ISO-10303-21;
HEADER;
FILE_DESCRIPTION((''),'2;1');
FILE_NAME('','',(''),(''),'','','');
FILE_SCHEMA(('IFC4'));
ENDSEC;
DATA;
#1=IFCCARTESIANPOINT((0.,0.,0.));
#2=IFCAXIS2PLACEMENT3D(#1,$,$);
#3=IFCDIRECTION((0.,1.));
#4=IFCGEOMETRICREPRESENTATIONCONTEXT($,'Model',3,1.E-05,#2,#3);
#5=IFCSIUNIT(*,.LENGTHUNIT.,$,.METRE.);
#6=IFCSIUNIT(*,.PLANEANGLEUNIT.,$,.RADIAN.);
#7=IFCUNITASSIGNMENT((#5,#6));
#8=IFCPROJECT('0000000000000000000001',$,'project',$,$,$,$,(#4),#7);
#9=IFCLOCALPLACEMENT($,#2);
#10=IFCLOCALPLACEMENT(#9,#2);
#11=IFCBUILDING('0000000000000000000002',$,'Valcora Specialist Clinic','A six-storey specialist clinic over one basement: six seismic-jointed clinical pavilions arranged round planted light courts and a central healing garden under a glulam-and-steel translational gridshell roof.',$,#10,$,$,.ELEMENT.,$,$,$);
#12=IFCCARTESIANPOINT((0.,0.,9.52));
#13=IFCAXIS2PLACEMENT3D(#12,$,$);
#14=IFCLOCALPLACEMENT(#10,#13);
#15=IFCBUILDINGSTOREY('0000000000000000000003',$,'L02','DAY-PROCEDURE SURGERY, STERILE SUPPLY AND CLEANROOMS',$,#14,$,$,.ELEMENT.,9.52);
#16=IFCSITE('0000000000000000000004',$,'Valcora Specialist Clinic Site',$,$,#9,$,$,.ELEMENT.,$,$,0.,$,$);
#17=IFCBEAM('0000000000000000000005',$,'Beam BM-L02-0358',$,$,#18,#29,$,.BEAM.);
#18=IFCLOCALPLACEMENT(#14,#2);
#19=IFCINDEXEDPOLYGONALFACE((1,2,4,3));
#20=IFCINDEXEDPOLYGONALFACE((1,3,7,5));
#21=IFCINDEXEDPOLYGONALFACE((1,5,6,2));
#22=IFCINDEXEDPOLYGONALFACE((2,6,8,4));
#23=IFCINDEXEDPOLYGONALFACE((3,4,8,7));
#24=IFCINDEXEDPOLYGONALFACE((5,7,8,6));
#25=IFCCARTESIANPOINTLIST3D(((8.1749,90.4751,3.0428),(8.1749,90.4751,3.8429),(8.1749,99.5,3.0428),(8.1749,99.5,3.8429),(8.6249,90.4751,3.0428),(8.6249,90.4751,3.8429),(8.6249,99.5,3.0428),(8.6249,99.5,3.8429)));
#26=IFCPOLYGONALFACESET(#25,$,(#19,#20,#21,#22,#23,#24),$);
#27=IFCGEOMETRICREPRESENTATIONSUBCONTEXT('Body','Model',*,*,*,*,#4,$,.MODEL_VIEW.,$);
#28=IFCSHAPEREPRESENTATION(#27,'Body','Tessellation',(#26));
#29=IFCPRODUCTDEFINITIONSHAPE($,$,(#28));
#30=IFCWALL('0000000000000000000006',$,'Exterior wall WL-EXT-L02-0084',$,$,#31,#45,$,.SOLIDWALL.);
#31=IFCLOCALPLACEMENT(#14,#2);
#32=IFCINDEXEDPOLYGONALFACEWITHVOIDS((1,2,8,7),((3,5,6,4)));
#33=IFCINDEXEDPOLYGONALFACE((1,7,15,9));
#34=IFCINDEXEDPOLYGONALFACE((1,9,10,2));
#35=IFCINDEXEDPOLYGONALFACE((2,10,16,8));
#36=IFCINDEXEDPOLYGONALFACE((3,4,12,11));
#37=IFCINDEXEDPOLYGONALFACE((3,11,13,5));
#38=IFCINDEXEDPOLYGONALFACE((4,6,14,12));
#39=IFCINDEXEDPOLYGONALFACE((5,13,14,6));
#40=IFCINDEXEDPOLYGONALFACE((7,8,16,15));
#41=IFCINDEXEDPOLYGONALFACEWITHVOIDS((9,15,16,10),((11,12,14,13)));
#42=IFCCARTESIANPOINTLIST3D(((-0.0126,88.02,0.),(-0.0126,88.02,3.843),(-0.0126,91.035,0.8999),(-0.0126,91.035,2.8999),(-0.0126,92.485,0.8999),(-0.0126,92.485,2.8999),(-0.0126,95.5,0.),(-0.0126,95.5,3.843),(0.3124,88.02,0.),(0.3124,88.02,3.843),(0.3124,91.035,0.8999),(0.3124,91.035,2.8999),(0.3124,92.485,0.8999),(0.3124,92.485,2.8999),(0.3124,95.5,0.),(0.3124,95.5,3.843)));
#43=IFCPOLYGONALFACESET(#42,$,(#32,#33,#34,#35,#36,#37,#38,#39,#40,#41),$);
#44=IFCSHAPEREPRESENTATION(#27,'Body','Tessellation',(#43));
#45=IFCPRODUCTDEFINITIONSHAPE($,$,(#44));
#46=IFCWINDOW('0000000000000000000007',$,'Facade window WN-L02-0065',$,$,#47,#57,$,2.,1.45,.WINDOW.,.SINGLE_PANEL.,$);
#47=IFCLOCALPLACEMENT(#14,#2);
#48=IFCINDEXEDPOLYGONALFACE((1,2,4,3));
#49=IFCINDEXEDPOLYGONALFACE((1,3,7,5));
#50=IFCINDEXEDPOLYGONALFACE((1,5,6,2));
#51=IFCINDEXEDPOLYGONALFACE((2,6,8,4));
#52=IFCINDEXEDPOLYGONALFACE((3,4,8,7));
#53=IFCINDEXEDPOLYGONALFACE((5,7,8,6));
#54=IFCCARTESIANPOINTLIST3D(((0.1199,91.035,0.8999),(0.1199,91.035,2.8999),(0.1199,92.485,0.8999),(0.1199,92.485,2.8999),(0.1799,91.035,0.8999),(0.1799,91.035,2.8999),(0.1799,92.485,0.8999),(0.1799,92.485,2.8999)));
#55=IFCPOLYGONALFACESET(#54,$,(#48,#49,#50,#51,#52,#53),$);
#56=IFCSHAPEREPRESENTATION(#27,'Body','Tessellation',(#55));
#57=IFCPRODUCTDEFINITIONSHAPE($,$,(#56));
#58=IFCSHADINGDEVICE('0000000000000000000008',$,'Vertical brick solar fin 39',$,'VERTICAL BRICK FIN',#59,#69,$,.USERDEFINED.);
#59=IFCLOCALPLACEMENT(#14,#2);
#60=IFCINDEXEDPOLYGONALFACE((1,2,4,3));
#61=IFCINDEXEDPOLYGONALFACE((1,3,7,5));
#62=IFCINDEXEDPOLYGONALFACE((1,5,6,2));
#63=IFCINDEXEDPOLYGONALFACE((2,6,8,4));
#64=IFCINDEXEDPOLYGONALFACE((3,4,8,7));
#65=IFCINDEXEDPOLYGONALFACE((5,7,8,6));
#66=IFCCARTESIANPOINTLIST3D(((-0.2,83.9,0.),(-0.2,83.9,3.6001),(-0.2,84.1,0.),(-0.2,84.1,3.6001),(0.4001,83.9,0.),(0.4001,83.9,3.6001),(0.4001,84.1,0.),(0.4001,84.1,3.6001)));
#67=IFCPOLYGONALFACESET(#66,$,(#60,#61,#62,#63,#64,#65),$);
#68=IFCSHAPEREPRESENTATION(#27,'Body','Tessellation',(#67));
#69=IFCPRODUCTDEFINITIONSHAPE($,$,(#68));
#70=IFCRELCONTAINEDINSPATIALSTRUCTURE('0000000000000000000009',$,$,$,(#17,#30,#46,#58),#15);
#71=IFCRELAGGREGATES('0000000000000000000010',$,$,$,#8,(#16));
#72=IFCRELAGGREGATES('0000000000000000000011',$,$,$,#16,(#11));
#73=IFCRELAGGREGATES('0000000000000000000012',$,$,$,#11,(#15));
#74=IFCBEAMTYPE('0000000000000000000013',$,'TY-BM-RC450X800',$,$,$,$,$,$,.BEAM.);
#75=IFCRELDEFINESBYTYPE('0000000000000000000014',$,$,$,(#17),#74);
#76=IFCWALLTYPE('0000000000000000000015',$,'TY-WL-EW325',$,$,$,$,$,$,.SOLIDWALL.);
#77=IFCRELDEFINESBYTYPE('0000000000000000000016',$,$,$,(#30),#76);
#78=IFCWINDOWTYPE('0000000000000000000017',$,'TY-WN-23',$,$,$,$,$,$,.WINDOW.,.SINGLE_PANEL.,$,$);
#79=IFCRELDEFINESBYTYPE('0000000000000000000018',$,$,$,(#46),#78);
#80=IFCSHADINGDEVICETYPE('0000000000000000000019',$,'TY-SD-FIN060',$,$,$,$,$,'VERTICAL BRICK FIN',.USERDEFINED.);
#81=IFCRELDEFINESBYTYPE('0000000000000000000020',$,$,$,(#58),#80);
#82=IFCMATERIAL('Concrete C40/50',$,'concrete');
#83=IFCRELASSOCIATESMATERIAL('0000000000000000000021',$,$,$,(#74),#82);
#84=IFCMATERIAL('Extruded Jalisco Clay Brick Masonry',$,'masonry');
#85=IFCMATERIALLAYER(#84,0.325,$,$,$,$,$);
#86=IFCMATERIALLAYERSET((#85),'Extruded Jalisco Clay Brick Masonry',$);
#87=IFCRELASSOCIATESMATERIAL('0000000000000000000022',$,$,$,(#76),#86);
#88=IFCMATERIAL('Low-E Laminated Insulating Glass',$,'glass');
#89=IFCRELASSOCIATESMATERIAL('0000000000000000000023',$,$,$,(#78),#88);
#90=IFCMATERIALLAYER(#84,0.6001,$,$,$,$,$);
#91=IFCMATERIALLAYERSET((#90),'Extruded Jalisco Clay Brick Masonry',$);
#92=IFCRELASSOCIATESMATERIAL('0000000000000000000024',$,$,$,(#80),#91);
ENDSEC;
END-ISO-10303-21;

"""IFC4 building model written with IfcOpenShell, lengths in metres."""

from ifc_helpers import new_model, si_unit, direction, frame, frame_2d, origin, origin_2d, place, context, subcontext, project, spatial, rectangle, extrude, material, layer, layer_set, material_profile, profile_set, type_object, element, fill, save


model = new_model("IFC4")

# Units and contexts
model_context = context("Model", 3, precision=1e-05, world=origin(), true_north=direction((0.0, 1.0)))
body_context = subcontext(model_context, "Body", "Model", "MODEL_VIEW")
ifc_project = project(units=[si_unit("LENGTHUNIT", "METRE"), si_unit("PLANEANGLEUNIT", "RADIAN")], contexts=[model_context])

# Site, building, storey
site_placement = place(None, origin())
site = spatial("IfcSite", under=ifc_project, at=site_placement, Name="Valcora Specialist Clinic Site", CompositionType="ELEMENT", RefElevation=0.0)
building_placement = place(site_placement, origin())
building = spatial("IfcBuilding", under=site, at=building_placement, Name="Valcora Specialist Clinic", Description="A six-storey specialist clinic over one basement: six seismic-jointed clinical pavilions arranged round planted light courts and a central healing garden under a glulam-and-steel translational gridshell roof.", CompositionType="ELEMENT")
storey_placement = place(building_placement, frame((0.0, 0.0, 9.52)))
storey = spatial("IfcBuildingStorey", under=building, at=storey_placement, Name="L02", Description="DAY-PROCEDURE SURGERY, STERILE SUPPLY AND CLEANROOMS", CompositionType="ELEMENT", Elevation=9.52)

# Shared definitions
ifc_material_1 = material(Name="Concrete C40/50", Category="concrete")

# Beam
ifc_material_profile_1 = material_profile(ifc_material_1, rectangle(XDim=0.45, YDim=0.8, at=origin_2d()), Name="RC-BM-450X800")
ifc_profile_set_1 = profile_set([ifc_material_profile_1], Name="Concrete C40/50")
beam_type_1 = type_object("IfcBeamType", Name="TY-BM-RC450X800", PredefinedType="BEAM", material=ifc_profile_set_1)
beam_1_placement = place(storey_placement, frame((8.3999, 90.4751, 3.4429), z_axis=(0.0, 1.0, 0.0), x_axis=(-1.0, 0.0, 0.0)))
element("IfcBeam", 1, at=beam_1_placement, inside=storey, type_object=beam_type_1, Name="Beam BM-L02-0358", PredefinedType="BEAM", context=body_context, shape_type="SweptSolid", body=[
    extrude(rectangle(XDim=0.45, YDim=0.8, at=origin_2d()), origin(), (0.0, 0.0, 1.0), 9.0249),
])

# Wall, opening, window
ifc_material_2 = material(Name="Extruded Jalisco Clay Brick Masonry", Category="masonry")
ifc_layer_1 = layer(ifc_material_2, 0.325)
ifc_layer_set_1 = layer_set([ifc_layer_1], Name="Extruded Jalisco Clay Brick Masonry")
wall_type = type_object("IfcWallType", Name="TY-WL-EW325", PredefinedType="SOLIDWALL", material=ifc_layer_set_1)
wall_placement = place(storey_placement, frame((0.1499, 88.02, 0.0), z_axis=(0.0, 0.0, 1.0), x_axis=(0.0, 1.0, 0.0)))
wall = element("IfcWall", 2, at=wall_placement, inside=storey, type_object=wall_type, Name="Exterior wall WL-EXT-L02-0084", PredefinedType="SOLIDWALL", context=body_context, shape_type="SweptSolid", body=[
    extrude(rectangle(XDim=7.48, YDim=0.325, at=frame_2d((3.74, 0.0))), origin(), (0.0, 0.0, 1.0), 3.843),
])
opening_placement = place(wall_placement, frame((3.0149, 0.0, 0.8999)))
opening = element("IfcOpeningElement", 3, at=opening_placement, cuts=wall, PredefinedType="OPENING", context=body_context, shape_type="SweptSolid", body=[
    extrude(rectangle(XDim=1.45, YDim=2.0, at=frame_2d((0.7251, 1.0))), frame((0.0, 0.1724, 0.0), z_axis=(0.0, -1.0, 0.0), x_axis=(1.0, 0.0, 0.0)), (0.0, 0.0, 1.0), 0.345),
])
ifc_material_3 = material(Name="Low-E Laminated Insulating Glass", Category="glass")
window_type = type_object("IfcWindowType", Name="TY-WN-23", PartitioningType="SINGLE_PANEL", PredefinedType="WINDOW", material=ifc_material_3)
window_placement = place(opening_placement, origin())
window = element("IfcWindow", 4, at=window_placement, inside=storey, type_object=window_type, Name="Facade window WN-L02-0065", OverallHeight=2.0, OverallWidth=1.45, PartitioningType="SINGLE_PANEL", PredefinedType="WINDOW", context=body_context, shape_type="SweptSolid", body=[
    extrude(rectangle(XDim=1.45, YDim=2.0, at=frame_2d((0.7251, 1.0))), frame((0.0, 0.03, 0.0), z_axis=(0.0, -1.0, 0.0), x_axis=(1.0, 0.0, 0.0)), (0.0, 0.0, 1.0), 0.0601),
])
fill(opening, window)

# Shading device
ifc_layer_2 = layer(ifc_material_2, 0.6001)
ifc_layer_set_2 = layer_set([ifc_layer_2], Name="Extruded Jalisco Clay Brick Masonry")
shading_device_type = type_object("IfcShadingDeviceType", Name="TY-SD-FIN060", ElementType="VERTICAL BRICK FIN", PredefinedType="USERDEFINED", material=ifc_layer_set_2)
shading_device_placement = place(storey_placement, frame((0.1001, 84.0, 0.0), z_axis=(0.0, 0.0, 1.0), x_axis=(1.0, 0.0, 0.0)))
element("IfcShadingDevice", 5, at=shading_device_placement, inside=storey, type_object=shading_device_type, Name="Vertical brick solar fin 39", ObjectType="VERTICAL BRICK FIN", PredefinedType="USERDEFINED", context=body_context, shape_type="SweptSolid", body=[
    extrude(rectangle(XDim=0.6001, YDim=0.2, at=origin_2d()), origin(), (0.0, 0.0, 1.0), 3.6001),
])

save(model, "model.ifc")
